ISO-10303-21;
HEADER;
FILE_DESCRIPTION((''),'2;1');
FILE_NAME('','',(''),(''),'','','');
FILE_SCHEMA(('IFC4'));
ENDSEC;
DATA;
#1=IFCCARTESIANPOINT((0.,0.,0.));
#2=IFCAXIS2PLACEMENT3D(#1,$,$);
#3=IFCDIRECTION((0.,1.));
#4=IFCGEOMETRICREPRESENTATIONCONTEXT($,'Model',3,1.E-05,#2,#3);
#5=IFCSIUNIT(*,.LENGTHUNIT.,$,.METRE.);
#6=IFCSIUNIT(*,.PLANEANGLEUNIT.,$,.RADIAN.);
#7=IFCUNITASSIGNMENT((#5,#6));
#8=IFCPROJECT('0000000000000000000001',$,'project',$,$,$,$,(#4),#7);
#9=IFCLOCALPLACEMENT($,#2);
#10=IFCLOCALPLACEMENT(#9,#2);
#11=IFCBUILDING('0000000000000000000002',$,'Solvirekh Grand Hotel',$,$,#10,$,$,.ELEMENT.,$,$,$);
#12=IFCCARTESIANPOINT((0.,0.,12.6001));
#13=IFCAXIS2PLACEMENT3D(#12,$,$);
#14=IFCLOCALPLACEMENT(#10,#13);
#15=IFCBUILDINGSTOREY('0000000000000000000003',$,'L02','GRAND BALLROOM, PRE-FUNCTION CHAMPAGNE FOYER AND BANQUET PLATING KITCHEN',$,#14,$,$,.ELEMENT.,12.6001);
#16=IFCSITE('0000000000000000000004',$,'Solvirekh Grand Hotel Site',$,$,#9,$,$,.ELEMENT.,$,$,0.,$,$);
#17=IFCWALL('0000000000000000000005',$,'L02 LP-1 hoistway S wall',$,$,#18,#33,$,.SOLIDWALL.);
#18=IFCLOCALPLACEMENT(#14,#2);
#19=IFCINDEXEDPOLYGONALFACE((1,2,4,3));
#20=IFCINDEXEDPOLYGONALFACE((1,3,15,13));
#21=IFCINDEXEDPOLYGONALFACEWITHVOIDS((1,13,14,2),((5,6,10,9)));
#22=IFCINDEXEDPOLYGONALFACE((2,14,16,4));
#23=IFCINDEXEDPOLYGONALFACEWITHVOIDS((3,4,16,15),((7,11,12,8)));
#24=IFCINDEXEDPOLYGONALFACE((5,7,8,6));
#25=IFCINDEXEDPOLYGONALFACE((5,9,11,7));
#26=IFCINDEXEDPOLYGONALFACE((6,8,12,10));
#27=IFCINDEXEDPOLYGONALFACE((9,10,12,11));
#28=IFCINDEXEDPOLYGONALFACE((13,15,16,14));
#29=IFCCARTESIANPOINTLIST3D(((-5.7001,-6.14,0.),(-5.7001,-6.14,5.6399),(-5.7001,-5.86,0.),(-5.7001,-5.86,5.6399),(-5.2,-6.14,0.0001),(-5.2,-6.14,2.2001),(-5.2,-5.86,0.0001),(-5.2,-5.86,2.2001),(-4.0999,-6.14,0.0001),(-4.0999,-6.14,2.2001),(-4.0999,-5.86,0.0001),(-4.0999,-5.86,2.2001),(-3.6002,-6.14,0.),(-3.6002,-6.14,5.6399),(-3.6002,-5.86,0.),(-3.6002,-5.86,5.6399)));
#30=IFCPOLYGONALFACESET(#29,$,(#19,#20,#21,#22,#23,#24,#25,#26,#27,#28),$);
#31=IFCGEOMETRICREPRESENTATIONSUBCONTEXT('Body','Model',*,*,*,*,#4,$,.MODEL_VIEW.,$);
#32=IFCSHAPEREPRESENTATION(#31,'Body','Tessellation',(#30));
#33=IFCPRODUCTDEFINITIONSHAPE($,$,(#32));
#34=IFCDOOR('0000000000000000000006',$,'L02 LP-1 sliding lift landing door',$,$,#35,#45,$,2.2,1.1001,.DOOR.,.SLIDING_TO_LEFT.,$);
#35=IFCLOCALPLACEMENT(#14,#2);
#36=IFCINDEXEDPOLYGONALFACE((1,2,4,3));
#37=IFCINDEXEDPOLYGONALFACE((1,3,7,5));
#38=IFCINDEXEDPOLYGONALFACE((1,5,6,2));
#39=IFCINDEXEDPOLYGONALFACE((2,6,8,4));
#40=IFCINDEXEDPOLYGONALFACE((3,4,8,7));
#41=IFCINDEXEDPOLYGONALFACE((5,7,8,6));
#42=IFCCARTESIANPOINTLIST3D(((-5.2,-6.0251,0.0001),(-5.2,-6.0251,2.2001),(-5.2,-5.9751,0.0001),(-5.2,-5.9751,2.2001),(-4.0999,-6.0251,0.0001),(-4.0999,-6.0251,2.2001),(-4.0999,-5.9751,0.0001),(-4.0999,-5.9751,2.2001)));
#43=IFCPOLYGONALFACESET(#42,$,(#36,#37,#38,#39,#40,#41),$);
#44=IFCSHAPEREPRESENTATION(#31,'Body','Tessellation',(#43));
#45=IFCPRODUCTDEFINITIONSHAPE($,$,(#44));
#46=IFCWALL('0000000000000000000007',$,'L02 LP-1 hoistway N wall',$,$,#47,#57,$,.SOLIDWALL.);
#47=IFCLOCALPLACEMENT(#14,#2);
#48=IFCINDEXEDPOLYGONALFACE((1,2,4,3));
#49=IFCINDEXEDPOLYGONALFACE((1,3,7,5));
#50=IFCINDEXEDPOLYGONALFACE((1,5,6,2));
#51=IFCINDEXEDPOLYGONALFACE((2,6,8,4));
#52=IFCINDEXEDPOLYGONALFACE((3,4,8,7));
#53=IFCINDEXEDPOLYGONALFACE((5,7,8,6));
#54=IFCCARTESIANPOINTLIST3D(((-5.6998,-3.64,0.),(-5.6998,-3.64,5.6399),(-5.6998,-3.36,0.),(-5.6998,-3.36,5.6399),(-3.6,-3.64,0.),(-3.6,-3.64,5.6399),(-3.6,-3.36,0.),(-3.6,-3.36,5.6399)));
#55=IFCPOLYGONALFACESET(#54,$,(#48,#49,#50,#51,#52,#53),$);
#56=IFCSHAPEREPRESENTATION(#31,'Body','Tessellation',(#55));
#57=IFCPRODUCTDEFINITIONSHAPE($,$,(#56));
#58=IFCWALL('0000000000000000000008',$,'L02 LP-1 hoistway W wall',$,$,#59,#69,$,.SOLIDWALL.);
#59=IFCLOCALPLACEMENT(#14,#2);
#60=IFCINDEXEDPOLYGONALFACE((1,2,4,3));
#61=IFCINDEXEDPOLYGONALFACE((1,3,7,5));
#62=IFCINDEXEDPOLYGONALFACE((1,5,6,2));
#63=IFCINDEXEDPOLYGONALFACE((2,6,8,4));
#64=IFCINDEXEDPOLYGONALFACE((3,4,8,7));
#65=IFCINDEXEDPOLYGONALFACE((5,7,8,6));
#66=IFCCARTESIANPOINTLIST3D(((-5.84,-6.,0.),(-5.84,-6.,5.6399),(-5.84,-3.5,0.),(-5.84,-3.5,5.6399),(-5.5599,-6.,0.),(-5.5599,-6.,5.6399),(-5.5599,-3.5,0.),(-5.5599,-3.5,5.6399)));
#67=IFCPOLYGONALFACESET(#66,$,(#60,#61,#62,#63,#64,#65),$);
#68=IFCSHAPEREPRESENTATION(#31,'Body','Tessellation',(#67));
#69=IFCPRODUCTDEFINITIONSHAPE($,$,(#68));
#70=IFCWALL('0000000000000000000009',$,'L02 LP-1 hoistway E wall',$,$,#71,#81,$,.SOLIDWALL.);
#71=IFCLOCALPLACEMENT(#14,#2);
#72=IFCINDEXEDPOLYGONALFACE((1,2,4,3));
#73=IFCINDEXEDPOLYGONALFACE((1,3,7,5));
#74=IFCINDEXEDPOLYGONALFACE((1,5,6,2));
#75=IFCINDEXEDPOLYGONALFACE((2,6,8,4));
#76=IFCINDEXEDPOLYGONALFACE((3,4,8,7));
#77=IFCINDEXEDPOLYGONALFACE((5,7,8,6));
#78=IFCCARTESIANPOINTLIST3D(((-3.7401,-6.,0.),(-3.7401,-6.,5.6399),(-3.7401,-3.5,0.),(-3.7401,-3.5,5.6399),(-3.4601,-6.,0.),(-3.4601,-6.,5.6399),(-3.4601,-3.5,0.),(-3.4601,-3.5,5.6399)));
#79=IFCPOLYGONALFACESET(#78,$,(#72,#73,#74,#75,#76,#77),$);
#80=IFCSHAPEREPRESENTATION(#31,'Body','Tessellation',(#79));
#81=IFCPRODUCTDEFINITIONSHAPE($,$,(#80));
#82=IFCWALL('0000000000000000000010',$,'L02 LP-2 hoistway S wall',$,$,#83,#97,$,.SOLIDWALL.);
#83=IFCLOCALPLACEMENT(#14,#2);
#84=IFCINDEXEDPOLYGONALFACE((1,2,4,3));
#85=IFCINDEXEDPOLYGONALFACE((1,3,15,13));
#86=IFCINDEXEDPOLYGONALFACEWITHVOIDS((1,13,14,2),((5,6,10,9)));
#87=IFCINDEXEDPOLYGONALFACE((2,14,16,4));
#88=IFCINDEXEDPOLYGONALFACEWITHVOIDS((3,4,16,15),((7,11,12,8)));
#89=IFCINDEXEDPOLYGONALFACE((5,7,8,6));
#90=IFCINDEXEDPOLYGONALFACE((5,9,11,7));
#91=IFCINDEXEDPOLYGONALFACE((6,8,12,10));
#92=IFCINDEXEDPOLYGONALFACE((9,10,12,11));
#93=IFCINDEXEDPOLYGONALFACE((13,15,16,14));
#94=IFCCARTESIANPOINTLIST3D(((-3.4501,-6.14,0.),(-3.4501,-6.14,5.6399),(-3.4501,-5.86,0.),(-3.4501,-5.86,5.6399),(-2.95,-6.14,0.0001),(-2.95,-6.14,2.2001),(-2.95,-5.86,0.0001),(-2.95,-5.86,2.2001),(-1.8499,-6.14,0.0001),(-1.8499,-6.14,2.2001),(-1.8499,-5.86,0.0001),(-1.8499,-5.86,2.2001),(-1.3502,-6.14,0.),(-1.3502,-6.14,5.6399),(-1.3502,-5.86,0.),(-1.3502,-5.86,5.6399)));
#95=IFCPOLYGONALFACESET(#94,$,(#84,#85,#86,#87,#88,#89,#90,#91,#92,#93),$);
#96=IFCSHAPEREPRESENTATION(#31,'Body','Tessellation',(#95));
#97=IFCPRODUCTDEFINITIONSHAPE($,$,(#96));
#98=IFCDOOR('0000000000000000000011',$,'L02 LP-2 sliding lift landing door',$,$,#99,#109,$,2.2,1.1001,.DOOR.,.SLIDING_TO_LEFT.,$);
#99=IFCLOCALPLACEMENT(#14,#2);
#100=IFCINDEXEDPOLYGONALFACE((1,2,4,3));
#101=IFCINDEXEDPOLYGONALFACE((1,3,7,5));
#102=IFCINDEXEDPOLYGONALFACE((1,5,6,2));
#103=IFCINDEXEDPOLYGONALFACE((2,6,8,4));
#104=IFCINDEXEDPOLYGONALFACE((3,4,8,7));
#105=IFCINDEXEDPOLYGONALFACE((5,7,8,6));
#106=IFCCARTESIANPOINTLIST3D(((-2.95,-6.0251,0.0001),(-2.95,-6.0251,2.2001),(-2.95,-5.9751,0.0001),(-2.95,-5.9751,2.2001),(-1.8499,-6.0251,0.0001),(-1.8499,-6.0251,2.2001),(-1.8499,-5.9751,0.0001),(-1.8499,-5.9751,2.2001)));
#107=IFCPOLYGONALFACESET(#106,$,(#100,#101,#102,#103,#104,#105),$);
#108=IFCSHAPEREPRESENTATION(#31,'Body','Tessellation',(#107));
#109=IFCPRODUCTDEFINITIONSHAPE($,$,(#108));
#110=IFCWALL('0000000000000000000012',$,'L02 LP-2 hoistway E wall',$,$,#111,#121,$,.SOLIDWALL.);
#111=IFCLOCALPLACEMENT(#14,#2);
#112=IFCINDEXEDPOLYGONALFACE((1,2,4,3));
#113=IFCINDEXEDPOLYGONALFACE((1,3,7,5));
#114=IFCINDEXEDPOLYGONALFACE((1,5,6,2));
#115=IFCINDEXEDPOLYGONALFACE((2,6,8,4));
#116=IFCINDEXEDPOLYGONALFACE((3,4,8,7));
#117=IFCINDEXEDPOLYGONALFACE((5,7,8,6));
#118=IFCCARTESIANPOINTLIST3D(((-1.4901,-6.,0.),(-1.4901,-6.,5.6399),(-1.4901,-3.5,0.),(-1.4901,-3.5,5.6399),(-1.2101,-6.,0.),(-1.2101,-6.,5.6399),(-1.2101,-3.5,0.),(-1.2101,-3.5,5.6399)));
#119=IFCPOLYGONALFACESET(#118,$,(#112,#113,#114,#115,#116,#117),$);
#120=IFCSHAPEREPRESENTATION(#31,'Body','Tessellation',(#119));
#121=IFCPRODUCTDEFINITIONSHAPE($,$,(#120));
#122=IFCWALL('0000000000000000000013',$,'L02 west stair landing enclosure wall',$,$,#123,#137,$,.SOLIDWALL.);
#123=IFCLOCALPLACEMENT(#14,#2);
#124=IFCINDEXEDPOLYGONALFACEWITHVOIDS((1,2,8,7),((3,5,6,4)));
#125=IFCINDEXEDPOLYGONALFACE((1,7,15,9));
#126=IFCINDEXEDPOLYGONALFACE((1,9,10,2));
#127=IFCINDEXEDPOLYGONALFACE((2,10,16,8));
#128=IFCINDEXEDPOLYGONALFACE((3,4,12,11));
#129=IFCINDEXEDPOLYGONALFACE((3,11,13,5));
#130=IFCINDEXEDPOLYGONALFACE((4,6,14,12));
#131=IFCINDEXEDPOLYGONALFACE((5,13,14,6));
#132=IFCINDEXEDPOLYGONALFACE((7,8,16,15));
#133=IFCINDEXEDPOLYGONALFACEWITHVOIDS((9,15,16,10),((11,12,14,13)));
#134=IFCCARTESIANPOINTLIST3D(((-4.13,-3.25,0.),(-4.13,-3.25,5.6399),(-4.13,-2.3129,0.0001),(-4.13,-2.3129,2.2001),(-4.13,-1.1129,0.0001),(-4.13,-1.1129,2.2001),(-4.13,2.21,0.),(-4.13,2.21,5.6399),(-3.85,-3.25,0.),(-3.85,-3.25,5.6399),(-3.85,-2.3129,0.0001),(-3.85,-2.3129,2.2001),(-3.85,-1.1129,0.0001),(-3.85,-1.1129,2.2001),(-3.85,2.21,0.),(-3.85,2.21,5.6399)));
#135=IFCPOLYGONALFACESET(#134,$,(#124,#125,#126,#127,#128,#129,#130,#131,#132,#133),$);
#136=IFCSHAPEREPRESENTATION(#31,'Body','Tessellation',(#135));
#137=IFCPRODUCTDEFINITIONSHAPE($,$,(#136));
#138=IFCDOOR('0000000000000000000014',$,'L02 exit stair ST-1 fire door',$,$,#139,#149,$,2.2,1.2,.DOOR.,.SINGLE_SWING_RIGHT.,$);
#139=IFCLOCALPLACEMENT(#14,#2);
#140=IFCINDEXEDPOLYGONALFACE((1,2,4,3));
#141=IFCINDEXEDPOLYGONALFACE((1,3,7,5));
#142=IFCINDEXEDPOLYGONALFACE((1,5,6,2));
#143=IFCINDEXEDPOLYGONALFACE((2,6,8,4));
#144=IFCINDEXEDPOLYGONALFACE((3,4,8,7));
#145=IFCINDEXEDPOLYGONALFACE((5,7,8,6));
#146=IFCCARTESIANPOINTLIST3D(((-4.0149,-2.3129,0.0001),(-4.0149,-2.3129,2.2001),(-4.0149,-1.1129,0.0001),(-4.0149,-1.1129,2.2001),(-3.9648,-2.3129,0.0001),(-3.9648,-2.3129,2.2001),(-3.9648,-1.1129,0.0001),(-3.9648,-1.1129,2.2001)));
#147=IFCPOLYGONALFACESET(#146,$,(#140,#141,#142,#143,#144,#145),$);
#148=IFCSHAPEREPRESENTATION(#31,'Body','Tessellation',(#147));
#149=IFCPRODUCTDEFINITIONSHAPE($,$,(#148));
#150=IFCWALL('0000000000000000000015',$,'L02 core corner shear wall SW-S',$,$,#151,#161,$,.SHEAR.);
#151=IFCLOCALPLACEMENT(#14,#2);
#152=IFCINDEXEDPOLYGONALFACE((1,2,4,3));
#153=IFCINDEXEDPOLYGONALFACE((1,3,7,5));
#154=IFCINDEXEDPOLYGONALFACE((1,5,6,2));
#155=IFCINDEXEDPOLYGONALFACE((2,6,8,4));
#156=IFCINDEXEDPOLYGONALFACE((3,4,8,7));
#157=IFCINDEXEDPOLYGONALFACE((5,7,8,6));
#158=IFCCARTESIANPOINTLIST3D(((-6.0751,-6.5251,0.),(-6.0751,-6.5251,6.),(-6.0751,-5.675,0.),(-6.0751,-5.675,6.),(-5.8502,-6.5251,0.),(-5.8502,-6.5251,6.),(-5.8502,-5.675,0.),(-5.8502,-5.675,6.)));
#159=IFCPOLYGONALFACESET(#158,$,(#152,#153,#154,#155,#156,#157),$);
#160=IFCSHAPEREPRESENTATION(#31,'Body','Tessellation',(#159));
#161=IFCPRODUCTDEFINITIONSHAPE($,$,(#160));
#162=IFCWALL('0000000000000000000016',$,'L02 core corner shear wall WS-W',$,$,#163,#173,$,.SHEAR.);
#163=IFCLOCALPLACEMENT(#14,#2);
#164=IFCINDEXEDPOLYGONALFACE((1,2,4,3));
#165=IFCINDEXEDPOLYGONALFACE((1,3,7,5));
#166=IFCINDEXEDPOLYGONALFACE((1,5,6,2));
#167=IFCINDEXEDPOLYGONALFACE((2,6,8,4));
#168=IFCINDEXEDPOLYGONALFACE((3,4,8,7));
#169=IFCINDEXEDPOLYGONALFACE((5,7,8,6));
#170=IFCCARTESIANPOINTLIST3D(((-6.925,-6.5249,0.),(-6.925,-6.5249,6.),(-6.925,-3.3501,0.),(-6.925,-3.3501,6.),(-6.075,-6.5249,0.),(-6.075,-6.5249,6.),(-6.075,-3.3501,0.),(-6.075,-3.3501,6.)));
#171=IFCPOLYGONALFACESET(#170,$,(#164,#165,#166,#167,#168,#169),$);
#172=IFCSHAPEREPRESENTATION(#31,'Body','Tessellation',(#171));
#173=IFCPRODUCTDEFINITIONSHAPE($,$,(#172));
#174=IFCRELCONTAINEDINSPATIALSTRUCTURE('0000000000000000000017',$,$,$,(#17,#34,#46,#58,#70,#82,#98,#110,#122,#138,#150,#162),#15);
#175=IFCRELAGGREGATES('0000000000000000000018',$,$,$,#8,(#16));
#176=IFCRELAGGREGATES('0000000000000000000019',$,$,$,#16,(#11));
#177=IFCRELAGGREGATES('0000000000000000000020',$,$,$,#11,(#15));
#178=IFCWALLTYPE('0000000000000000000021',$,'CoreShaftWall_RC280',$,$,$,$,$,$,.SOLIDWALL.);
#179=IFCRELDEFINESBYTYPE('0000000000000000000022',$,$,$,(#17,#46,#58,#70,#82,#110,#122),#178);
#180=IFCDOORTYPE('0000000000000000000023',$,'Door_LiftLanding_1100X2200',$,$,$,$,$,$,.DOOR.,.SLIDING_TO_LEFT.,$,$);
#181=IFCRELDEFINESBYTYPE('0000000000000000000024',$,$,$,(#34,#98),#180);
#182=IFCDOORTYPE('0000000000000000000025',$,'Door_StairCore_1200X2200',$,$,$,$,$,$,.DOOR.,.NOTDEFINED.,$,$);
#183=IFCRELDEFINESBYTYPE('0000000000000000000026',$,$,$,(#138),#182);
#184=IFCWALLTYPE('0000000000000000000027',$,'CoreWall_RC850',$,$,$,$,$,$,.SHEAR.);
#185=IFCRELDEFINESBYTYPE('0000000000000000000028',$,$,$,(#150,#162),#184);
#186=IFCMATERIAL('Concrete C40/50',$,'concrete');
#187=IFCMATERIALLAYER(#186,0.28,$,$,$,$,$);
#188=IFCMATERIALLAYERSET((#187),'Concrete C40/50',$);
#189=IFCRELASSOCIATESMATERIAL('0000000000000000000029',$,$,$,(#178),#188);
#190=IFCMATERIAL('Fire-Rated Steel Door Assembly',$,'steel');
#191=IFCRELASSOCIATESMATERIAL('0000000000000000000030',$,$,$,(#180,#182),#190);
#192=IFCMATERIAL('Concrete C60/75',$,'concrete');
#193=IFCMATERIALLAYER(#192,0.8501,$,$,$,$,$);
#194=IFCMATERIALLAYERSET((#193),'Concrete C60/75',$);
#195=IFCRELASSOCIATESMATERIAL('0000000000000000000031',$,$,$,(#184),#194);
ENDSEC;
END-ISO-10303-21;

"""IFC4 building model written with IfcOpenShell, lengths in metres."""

from ifc_helpers import new_model, si_unit, direction, frame, frame_2d, origin, place, context, subcontext, project, spatial, rectangle, extrude, material, layer, layer_set, type_object, element, fill, save


model = new_model("IFC4")

# Units and contexts
model_context = context("Model", 3, precision=1e-05, world=origin(), true_north=direction((0.0, 1.0)))
body_context = subcontext(model_context, "Body", "Model", "MODEL_VIEW")
ifc_project = project(units=[si_unit("LENGTHUNIT", "METRE"), si_unit("PLANEANGLEUNIT", "RADIAN")], contexts=[model_context])

# Site, building, storey
site_placement = place(None, origin())
site = spatial("IfcSite", under=ifc_project, at=site_placement, Name="Solvirekh Grand Hotel Site", CompositionType="ELEMENT", RefElevation=0.0)
building_placement = place(site_placement, origin())
building = spatial("IfcBuilding", under=site, at=building_placement, Name="Solvirekh Grand Hotel", CompositionType="ELEMENT")
storey_placement = place(building_placement, frame((0.0, 0.0, 12.6001)))
storey = spatial("IfcBuildingStorey", under=building, at=storey_placement, Name="L02", Description="GRAND BALLROOM, PRE-FUNCTION CHAMPAGNE FOYER AND BANQUET PLATING KITCHEN", CompositionType="ELEMENT", Elevation=12.6001)

# Shared definitions
ifc_material_1 = material(Name="Concrete C60/75", Category="concrete")

# Wall, opening, door
ifc_material_2 = material(Name="Concrete C40/50", Category="concrete")
ifc_layer_1 = layer(ifc_material_2, 0.28)
ifc_layer_set_1 = layer_set([ifc_layer_1], Name="Concrete C40/50")
wall_type_1 = type_object("IfcWallType", Name="CoreShaftWall_RC280", PredefinedType="SOLIDWALL", material=ifc_layer_set_1)
wall_1_placement = place(storey_placement, frame((-5.7, -6.0, 0.0), z_axis=(0.0, 0.0, 1.0), x_axis=(1.0, 0.0, 0.0)))
wall_1 = element("IfcWall", 1, at=wall_1_placement, inside=storey, type_object=wall_type_1, Name="L02 LP-1 hoistway S wall", PredefinedType="SOLIDWALL", context=body_context, shape_type="SweptSolid", body=[
    extrude(rectangle(XDim=2.0999, YDim=0.28, at=frame_2d((1.0498, 0.0))), origin(), (0.0, 0.0, 1.0), 5.6399),
])
opening_1_placement = place(wall_1_placement, frame((0.5, 0.0, 0.0)))
opening_1 = element("IfcOpeningElement", 2, at=opening_1_placement, cuts=wall_1, PredefinedType="OPENING", context=body_context, shape_type="SweptSolid", body=[
    extrude(rectangle(XDim=1.1001, YDim=2.2, at=frame_2d((0.55, 1.1001))), frame((0.0, 0.1499, 0.0), z_axis=(0.0, -1.0, 0.0), x_axis=(1.0, 0.0, 0.0)), (0.0, 0.0, 1.0), 0.3),
])
ifc_material_3 = material(Name="Fire-Rated Steel Door Assembly", Category="steel")
door_type_1 = type_object("IfcDoorType", Name="Door_LiftLanding_1100X2200", OperationType="SLIDING_TO_LEFT", PredefinedType="DOOR", material=ifc_material_3)
door_1_placement = place(opening_1_placement, origin())
door_1 = element("IfcDoor", 3, at=door_1_placement, inside=storey, type_object=door_type_1, Name="L02 LP-1 sliding lift landing door", OperationType="SLIDING_TO_LEFT", OverallHeight=2.2, OverallWidth=1.1001, PredefinedType="DOOR", context=body_context, shape_type="SweptSolid", body=[
    extrude(rectangle(XDim=1.1001, YDim=2.2, at=frame_2d((0.55, 1.1001))), frame((0.0, 0.0249, 0.0), z_axis=(0.0, -1.0, 0.0), x_axis=(1.0, 0.0, 0.0)), (0.0, 0.0, 1.0), 0.05),
])
fill(opening_1, door_1)

# Walls
wall_2_placement = place(storey_placement, frame((-3.6001, -3.5, 0.0), z_axis=(0.0, 0.0, 1.0), x_axis=(-1.0, 0.0, 0.0)))
element("IfcWall", 4, at=wall_2_placement, inside=storey, type_object=wall_type_1, Name="L02 LP-1 hoistway N wall", PredefinedType="SOLIDWALL", context=body_context, shape_type="SweptSolid", body=[
    extrude(rectangle(XDim=2.0999, YDim=0.28, at=frame_2d((1.0498, 0.0))), origin(), (0.0, 0.0, 1.0), 5.6399),
])
for number, where, z_axis, x_axis, name in (
    (5, (-5.7, -3.5, 0.0), (0.0, 0.0, 1.0), (0.0, -1.0, 0.0), "L02 LP-1 hoistway W wall"),
    (6, (-3.6001, -6.0, 0.0), (0.0, 0.0, 1.0), (0.0, 1.0, 0.0), "L02 LP-1 hoistway E wall"),
):
    element("IfcWall", number, at=place(storey_placement, frame(where, z_axis=z_axis, x_axis=x_axis)), inside=storey, type_object=wall_type_1, Name=name, PredefinedType="SOLIDWALL", context=body_context, shape_type="SweptSolid", body=[
        extrude(rectangle(XDim=2.5, YDim=0.28, at=frame_2d((1.25, 0.0))), origin(), (0.0, 0.0, 1.0), 5.6399),
    ])

# Wall, opening, door
wall_3_placement = place(storey_placement, frame((-3.45, -6.0, 0.0), z_axis=(0.0, 0.0, 1.0), x_axis=(1.0, 0.0, 0.0)))
wall_3 = element("IfcWall", 7, at=wall_3_placement, inside=storey, type_object=wall_type_1, Name="L02 LP-2 hoistway S wall", PredefinedType="SOLIDWALL", context=body_context, shape_type="SweptSolid", body=[
    extrude(rectangle(XDim=2.0999, YDim=0.28, at=frame_2d((1.0498, 0.0))), origin(), (0.0, 0.0, 1.0), 5.6399),
])
opening_2_placement = place(wall_3_placement, frame((0.5, 0.0, 0.0)))
opening_2 = element("IfcOpeningElement", 8, at=opening_2_placement, cuts=wall_3, PredefinedType="OPENING", context=body_context, shape_type="SweptSolid", body=[
    extrude(rectangle(XDim=1.1001, YDim=2.2, at=frame_2d((0.55, 1.1001))), frame((0.0, 0.1499, 0.0), z_axis=(0.0, -1.0, 0.0), x_axis=(1.0, 0.0, 0.0)), (0.0, 0.0, 1.0), 0.3),
])
door_2_placement = place(opening_2_placement, origin())
door_2 = element("IfcDoor", 9, at=door_2_placement, inside=storey, type_object=door_type_1, Name="L02 LP-2 sliding lift landing door", OperationType="SLIDING_TO_LEFT", OverallHeight=2.2, OverallWidth=1.1001, PredefinedType="DOOR", context=body_context, shape_type="SweptSolid", body=[
    extrude(rectangle(XDim=1.1001, YDim=2.2, at=frame_2d((0.55, 1.1001))), frame((0.0, 0.0249, 0.0), z_axis=(0.0, -1.0, 0.0), x_axis=(1.0, 0.0, 0.0)), (0.0, 0.0, 1.0), 0.05),
])
fill(opening_2, door_2)

# Wall
wall_4_placement = place(storey_placement, frame((-1.3501, -6.0, 0.0), z_axis=(0.0, 0.0, 1.0), x_axis=(0.0, 1.0, 0.0)))
element("IfcWall", 10, at=wall_4_placement, inside=storey, type_object=wall_type_1, Name="L02 LP-2 hoistway E wall", PredefinedType="SOLIDWALL", context=body_context, shape_type="SweptSolid", body=[
    extrude(rectangle(XDim=2.5, YDim=0.28, at=frame_2d((1.25, 0.0))), origin(), (0.0, 0.0, 1.0), 5.6399),
])

# Wall, opening, door
wall_5_placement = place(storey_placement, frame((-3.99, -3.25, 0.0), z_axis=(0.0, 0.0, 1.0), x_axis=(0.0, 1.0, 0.0)))
wall_5 = element("IfcWall", 11, at=wall_5_placement, inside=storey, type_object=wall_type_1, Name="L02 west stair landing enclosure wall", PredefinedType="SOLIDWALL", context=body_context, shape_type="SweptSolid", body=[
    extrude(rectangle(XDim=5.46, YDim=0.28, at=frame_2d((2.73, 0.0))), origin(), (0.0, 0.0, 1.0), 5.6399),
])
opening_3_placement = place(wall_5_placement, frame((0.937, 0.0, 0.0)))
opening_3 = element("IfcOpeningElement", 12, at=opening_3_placement, cuts=wall_5, PredefinedType="OPENING", context=body_context, shape_type="SweptSolid", body=[
    extrude(rectangle(XDim=1.2, YDim=2.2, at=frame_2d((0.6001, 1.1001))), frame((0.0, 0.1499, 0.0), z_axis=(0.0, -1.0, 0.0), x_axis=(1.0, 0.0, 0.0)), (0.0, 0.0, 1.0), 0.3),
])
door_type_2 = type_object("IfcDoorType", Name="Door_StairCore_1200X2200", OperationType="NOTDEFINED", PredefinedType="DOOR", material=ifc_material_3)
door_3_placement = place(opening_3_placement, origin())
door_3 = element("IfcDoor", 13, at=door_3_placement, inside=storey, type_object=door_type_2, Name="L02 exit stair ST-1 fire door", OperationType="SINGLE_SWING_RIGHT", OverallHeight=2.2, OverallWidth=1.2, PredefinedType="DOOR", context=body_context, shape_type="SweptSolid", body=[
    extrude(rectangle(XDim=1.2, YDim=2.2, at=frame_2d((0.6001, 1.1001))), frame((0.0, 0.0249, 0.0), z_axis=(0.0, -1.0, 0.0), x_axis=(1.0, 0.0, 0.0)), (0.0, 0.0, 1.0), 0.05),
])
fill(opening_3, door_3)

# Walls
ifc_layer_2 = layer(ifc_material_1, 0.8501)
ifc_layer_set_2 = layer_set([ifc_layer_2], Name="Concrete C60/75")
wall_type_2 = type_object("IfcWallType", Name="CoreWall_RC850", PredefinedType="SHEAR", material=ifc_layer_set_2)
wall_6_placement = place(storey_placement, frame((-6.075, -6.1001, 0.0), z_axis=(0.0, 0.0, 1.0), x_axis=(1.0, 0.0, 0.0)))
element("IfcWall", 14, at=wall_6_placement, inside=storey, type_object=wall_type_2, Name="L02 core corner shear wall SW-S", PredefinedType="SHEAR", context=body_context, shape_type="SweptSolid", body=[
    extrude(rectangle(XDim=0.2249, YDim=0.8501, at=frame_2d((0.1123, 0.0))), origin(), (0.0, 0.0, 1.0), 6.0),
])
wall_7_placement = place(storey_placement, frame((-6.5, -6.5249, 0.0), z_axis=(0.0, 0.0, 1.0), x_axis=(0.0, 1.0, 0.0)))
element("IfcWall", 15, at=wall_7_placement, inside=storey, type_object=wall_type_2, Name="L02 core corner shear wall WS-W", PredefinedType="SHEAR", context=body_context, shape_type="SweptSolid", body=[
    extrude(rectangle(XDim=3.1748, YDim=0.8501, at=frame_2d((1.5874, 0.0))), origin(), (0.0, 0.0, 1.0), 6.0),
])

save(model, "model.ifc")
